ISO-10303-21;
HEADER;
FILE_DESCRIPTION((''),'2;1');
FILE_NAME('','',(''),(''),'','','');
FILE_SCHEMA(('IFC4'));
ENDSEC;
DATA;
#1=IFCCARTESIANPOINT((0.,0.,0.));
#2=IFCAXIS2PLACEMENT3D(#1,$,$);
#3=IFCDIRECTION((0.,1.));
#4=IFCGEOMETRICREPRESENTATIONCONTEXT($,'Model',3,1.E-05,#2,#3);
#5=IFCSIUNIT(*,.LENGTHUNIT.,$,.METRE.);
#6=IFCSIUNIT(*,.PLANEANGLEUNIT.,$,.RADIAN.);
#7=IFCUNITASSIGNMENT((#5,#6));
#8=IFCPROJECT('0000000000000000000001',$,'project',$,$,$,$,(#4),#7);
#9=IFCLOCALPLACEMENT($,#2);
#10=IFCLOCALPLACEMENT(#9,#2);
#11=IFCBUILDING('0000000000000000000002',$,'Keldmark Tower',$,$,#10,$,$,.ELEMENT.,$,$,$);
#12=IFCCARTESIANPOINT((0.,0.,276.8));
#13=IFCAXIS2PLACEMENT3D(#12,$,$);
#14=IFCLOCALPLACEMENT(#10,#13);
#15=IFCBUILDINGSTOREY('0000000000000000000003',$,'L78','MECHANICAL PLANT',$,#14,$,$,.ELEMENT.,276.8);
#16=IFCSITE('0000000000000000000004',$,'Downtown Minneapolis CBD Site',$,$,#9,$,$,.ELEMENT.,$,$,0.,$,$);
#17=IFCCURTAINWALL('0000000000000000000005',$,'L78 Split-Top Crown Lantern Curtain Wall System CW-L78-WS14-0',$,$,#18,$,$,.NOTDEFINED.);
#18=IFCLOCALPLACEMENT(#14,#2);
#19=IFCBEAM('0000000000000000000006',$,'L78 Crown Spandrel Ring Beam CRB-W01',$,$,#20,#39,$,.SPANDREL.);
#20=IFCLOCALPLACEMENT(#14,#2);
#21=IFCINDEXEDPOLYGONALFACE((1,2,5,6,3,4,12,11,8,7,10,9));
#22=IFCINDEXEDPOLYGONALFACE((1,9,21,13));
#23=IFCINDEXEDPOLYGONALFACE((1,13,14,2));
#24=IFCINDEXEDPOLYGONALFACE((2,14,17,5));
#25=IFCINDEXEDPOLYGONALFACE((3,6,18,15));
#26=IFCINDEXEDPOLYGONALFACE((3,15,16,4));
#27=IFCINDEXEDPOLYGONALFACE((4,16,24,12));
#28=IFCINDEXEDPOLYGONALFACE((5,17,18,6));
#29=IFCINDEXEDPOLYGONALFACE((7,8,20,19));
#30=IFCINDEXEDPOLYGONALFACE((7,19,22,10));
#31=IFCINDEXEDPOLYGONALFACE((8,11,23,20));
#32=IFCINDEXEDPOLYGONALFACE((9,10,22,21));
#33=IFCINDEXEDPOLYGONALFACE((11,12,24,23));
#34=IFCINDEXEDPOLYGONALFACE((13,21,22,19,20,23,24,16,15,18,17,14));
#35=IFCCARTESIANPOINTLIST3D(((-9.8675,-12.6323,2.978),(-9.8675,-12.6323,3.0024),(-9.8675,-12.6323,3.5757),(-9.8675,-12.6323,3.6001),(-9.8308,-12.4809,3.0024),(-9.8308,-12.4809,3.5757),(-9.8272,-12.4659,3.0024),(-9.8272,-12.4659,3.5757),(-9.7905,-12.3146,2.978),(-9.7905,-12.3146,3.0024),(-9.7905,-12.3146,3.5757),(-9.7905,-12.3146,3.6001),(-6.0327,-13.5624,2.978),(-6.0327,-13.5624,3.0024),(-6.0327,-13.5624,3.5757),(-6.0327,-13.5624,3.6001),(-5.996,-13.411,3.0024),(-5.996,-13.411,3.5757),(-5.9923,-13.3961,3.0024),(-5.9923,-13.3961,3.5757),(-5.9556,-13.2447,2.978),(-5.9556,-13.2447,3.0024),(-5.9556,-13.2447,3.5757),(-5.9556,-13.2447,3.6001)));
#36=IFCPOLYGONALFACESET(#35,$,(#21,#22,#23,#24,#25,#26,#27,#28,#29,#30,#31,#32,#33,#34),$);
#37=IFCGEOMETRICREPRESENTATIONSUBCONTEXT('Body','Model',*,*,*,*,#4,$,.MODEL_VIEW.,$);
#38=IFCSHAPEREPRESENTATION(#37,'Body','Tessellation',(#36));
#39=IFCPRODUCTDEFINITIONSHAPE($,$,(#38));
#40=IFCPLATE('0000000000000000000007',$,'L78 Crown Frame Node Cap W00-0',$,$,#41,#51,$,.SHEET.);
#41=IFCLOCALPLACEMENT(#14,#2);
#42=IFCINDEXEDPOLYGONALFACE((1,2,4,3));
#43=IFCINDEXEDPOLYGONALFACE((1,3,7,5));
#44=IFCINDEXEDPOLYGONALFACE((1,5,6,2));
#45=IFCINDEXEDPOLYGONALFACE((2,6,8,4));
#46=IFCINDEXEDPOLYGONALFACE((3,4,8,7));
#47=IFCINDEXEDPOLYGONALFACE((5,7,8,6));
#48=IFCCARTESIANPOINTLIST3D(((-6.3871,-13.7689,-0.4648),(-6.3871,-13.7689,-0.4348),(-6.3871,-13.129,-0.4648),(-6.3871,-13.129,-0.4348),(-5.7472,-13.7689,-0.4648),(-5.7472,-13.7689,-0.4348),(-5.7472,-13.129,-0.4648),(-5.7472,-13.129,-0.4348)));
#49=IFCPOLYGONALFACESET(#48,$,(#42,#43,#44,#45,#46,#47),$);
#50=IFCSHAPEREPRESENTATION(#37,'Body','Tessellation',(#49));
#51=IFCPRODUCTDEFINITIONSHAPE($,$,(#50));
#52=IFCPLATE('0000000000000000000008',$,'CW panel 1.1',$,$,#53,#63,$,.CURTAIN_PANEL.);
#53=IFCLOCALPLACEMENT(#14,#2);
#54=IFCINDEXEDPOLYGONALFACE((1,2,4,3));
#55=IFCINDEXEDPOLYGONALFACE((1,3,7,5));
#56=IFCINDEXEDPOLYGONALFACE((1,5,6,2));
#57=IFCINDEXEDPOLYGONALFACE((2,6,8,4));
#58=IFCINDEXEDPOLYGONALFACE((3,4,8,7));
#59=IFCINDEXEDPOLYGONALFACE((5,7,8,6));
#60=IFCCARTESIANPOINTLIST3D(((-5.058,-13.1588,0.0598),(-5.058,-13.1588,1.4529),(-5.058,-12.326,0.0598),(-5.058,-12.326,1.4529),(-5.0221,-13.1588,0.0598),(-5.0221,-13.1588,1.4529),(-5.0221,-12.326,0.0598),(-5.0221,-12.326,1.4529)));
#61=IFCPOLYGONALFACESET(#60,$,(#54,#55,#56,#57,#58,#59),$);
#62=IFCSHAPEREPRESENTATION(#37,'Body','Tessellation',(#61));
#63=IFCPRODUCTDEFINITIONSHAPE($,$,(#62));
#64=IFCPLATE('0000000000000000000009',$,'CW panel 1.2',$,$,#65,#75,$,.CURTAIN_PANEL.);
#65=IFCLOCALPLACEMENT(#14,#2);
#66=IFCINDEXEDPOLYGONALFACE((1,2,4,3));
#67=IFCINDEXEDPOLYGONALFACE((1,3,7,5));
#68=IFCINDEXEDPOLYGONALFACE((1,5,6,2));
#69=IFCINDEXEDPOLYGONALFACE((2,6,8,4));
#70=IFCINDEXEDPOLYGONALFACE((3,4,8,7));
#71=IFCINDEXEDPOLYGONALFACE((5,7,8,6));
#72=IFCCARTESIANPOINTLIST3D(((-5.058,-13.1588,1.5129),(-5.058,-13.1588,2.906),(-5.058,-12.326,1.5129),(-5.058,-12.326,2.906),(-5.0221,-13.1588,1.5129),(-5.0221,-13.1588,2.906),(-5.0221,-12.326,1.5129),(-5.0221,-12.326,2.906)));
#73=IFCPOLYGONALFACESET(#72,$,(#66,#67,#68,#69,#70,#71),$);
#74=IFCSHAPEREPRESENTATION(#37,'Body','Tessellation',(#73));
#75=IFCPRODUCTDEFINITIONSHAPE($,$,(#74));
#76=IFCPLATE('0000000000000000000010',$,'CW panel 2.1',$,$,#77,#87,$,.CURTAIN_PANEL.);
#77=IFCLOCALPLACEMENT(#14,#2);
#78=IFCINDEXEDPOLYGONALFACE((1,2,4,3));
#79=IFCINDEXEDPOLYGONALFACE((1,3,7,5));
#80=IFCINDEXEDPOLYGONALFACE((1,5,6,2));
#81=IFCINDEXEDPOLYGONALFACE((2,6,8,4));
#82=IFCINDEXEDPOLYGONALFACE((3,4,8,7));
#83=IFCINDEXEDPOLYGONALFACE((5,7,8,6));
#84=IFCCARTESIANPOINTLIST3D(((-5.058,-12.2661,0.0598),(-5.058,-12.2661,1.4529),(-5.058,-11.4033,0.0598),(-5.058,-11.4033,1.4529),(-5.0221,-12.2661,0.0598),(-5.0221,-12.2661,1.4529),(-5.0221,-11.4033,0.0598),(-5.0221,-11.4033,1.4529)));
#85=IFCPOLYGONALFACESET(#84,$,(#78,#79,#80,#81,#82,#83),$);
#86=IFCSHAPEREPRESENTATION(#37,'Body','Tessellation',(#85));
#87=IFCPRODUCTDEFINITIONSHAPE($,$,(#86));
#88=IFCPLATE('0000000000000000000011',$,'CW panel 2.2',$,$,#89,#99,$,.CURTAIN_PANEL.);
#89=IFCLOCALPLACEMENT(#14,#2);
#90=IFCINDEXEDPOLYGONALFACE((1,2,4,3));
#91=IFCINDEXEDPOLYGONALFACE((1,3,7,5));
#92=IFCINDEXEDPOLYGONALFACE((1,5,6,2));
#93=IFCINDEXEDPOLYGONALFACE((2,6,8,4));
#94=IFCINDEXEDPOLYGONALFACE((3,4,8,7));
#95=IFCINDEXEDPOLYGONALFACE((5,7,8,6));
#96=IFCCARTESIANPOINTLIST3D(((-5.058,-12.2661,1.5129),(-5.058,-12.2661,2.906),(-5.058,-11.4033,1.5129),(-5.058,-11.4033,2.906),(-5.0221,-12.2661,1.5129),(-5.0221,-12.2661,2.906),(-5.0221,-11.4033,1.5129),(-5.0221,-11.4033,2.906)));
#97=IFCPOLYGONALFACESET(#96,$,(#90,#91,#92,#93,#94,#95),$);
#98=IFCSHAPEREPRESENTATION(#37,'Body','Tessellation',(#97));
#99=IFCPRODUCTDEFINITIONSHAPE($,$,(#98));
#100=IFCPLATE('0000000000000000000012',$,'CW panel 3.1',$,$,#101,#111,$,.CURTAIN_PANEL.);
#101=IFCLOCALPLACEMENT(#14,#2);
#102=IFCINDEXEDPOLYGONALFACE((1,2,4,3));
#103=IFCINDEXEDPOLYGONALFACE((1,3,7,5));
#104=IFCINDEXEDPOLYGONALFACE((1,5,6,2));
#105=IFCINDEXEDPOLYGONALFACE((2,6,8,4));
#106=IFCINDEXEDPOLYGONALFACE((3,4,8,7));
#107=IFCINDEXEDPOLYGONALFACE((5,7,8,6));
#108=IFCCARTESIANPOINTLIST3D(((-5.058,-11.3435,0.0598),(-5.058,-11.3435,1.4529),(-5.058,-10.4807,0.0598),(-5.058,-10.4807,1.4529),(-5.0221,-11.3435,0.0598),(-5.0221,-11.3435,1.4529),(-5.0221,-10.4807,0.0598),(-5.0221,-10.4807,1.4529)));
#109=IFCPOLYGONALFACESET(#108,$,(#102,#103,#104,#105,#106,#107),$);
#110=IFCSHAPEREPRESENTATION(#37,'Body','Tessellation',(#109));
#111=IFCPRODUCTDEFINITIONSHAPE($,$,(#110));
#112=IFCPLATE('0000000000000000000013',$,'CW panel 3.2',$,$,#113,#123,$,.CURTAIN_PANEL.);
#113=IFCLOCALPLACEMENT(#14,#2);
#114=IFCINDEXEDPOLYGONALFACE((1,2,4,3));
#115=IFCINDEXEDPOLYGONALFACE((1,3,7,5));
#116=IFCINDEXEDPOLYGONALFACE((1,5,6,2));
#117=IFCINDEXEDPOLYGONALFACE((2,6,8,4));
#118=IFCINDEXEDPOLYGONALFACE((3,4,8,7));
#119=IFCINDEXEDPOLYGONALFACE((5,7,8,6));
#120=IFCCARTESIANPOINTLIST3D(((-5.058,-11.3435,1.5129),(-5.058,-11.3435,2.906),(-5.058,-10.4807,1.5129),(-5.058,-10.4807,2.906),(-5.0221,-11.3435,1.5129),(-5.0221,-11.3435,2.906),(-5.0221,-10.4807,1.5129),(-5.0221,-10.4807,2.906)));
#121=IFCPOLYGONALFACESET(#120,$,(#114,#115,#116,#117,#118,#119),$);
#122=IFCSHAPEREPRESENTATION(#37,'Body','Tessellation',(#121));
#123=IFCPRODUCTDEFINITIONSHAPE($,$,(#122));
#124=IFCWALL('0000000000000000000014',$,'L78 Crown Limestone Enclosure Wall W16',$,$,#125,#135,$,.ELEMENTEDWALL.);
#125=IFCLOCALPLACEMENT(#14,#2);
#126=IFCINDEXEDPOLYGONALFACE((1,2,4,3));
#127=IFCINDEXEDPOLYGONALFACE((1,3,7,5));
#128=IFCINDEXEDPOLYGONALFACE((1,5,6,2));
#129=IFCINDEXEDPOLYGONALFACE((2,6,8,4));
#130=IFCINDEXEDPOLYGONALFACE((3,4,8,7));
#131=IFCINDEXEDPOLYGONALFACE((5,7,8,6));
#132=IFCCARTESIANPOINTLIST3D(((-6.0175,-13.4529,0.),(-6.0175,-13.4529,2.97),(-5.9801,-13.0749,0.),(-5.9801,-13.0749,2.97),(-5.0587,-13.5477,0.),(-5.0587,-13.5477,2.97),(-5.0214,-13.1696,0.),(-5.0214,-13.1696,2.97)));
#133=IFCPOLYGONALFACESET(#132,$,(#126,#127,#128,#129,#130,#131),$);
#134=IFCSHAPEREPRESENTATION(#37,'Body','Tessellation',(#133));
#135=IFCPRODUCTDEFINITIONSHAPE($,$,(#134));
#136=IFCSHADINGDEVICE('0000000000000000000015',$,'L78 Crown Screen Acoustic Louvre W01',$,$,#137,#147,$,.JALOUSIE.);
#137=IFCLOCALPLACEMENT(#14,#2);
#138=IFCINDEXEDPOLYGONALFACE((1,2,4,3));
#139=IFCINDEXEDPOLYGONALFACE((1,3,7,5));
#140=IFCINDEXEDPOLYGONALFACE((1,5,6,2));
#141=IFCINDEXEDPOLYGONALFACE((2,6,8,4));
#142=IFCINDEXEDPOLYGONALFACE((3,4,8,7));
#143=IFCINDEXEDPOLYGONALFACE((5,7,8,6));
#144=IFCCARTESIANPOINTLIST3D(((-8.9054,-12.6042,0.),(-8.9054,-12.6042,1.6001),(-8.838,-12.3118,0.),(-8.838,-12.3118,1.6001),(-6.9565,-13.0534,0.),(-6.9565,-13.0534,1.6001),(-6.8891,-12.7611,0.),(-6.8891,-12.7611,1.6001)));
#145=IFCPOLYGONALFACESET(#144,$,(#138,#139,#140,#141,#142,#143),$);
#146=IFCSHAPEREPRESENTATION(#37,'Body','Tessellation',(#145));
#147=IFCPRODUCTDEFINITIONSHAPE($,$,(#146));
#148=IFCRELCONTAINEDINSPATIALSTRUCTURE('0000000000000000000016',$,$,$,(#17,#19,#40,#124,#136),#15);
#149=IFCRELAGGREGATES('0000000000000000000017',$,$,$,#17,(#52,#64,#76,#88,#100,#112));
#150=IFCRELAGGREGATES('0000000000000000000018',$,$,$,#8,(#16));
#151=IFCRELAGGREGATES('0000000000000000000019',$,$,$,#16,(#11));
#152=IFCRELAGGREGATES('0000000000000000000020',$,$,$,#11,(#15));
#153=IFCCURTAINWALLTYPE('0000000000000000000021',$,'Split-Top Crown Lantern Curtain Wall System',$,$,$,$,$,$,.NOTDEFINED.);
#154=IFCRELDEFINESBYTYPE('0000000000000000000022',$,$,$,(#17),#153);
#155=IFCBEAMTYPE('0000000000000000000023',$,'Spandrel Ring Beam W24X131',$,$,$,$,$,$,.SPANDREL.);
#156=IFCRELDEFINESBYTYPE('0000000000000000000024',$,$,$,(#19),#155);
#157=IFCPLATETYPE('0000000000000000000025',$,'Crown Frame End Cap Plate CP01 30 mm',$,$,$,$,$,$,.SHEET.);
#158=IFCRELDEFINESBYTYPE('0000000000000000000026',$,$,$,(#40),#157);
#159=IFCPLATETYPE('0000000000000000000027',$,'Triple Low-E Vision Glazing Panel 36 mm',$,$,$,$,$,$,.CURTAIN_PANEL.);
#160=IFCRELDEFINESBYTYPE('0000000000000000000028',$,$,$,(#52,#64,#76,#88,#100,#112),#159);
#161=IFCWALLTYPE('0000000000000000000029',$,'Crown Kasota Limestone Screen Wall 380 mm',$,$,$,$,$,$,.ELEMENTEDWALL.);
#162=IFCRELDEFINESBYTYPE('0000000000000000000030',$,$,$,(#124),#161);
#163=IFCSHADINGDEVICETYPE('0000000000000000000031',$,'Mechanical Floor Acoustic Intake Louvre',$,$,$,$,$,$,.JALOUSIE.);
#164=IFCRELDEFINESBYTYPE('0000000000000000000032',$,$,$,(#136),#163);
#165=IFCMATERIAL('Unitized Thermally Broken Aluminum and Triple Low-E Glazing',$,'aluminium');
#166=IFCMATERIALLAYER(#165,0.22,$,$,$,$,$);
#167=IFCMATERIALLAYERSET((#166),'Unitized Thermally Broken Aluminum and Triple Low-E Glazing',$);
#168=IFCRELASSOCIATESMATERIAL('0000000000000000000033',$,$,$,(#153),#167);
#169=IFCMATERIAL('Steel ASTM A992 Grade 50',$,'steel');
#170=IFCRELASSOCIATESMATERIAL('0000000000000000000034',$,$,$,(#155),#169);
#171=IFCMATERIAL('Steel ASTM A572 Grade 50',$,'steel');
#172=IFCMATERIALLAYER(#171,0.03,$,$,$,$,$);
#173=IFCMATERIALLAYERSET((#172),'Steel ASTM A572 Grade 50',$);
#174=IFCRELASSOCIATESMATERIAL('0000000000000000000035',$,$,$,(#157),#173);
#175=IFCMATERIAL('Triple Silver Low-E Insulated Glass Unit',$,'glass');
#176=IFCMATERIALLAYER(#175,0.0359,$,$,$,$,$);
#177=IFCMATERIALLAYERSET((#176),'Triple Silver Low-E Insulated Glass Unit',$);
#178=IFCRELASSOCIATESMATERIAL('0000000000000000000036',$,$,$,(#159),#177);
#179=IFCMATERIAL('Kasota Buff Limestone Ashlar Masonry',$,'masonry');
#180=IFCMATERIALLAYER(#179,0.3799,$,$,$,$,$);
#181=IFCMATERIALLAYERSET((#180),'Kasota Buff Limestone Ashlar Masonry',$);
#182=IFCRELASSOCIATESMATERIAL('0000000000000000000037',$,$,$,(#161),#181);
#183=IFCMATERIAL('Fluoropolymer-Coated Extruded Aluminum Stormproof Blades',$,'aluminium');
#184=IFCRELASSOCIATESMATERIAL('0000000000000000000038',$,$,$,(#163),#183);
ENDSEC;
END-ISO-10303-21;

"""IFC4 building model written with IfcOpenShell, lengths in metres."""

from ifc_helpers import new_model, si_unit, direction, frame, frame_2d, origin, origin_2d, place, context, subcontext, project, spatial, rectangle, i_section, extrude, material, layer, layer_set, material_profile, profile_set, type_object, element, aggregate, save


model = new_model("IFC4")

# Units and contexts
model_context = context("Model", 3, precision=1e-05, world=origin(), true_north=direction((0.0, 1.0)))
body_context = subcontext(model_context, "Body", "Model", "MODEL_VIEW")
ifc_project = project(units=[si_unit("LENGTHUNIT", "METRE"), si_unit("PLANEANGLEUNIT", "RADIAN")], contexts=[model_context])

# Site, building, storey
site_placement = place(None, origin())
site = spatial("IfcSite", under=ifc_project, at=site_placement, Name="Downtown Minneapolis CBD Site", CompositionType="ELEMENT", RefElevation=0.0)
building_placement = place(site_placement, origin())
building = spatial("IfcBuilding", under=site, at=building_placement, Name="Keldmark Tower", CompositionType="ELEMENT")
storey_placement = place(building_placement, frame((0.0, 0.0, 276.8)))
storey = spatial("IfcBuildingStorey", under=building, at=storey_placement, Name="L78", Description="MECHANICAL PLANT", CompositionType="ELEMENT", Elevation=276.8)

# Curtain wall
ifc_material_1 = material(Name="Unitized Thermally Broken Aluminum and Triple Low-E Glazing", Category="aluminium")
ifc_layer_1 = layer(ifc_material_1, 0.22)
ifc_layer_set_1 = layer_set([ifc_layer_1], Name="Unitized Thermally Broken Aluminum and Triple Low-E Glazing")
curtain_wall_type = type_object("IfcCurtainWallType", Name="Split-Top Crown Lantern Curtain Wall System", PredefinedType="NOTDEFINED", material=ifc_layer_set_1)
curtain_wall_placement = place(storey_placement, origin())
curtain_wall = element("IfcCurtainWall", 1, at=curtain_wall_placement, inside=storey, type_object=curtain_wall_type, Name="L78 Split-Top Crown Lantern Curtain Wall System CW-L78-WS14-0", PredefinedType="NOTDEFINED")

# Beam
ifc_material_2 = material(Name="Steel ASTM A992 Grade 50", Category="steel")
ifc_material_profile_1 = material_profile(ifc_material_2, i_section(OverallWidth=0.3269, OverallDepth=0.6221, WebThickness=0.0154, FlangeThickness=0.0244, at=origin_2d()), Name="W24X131")
ifc_profile_set_1 = profile_set([ifc_material_profile_1], Name="Steel ASTM A992 Grade 50")
beam_type_1 = type_object("IfcBeamType", Name="Spandrel Ring Beam W24X131", PredefinedType="SPANDREL", material=ifc_profile_set_1)
beam_1_placement = place(storey_placement, frame((-5.9941, -13.4036, 3.2891), z_axis=(-0.971822, 0.235717, 0.0), x_axis=(-0.235717, -0.971822, 0.0)))
element("IfcBeam", 2, at=beam_1_placement, inside=storey, type_object=beam_type_1, Name="L78 Crown Spandrel Ring Beam CRB-W01", PredefinedType="SPANDREL", context=body_context, shape_type="SweptSolid", body=[
    extrude(i_section(OverallWidth=0.3269, OverallDepth=0.6221, WebThickness=0.0154, FlangeThickness=0.0244, at=origin_2d()), origin(), (0.0, 0.0, 1.0), 3.946),
])

# Plates
ifc_material_3 = material(Name="Steel ASTM A572 Grade 50", Category="steel")
ifc_layer_2 = layer(ifc_material_3, 0.03)
ifc_layer_set_2 = layer_set([ifc_layer_2], Name="Steel ASTM A572 Grade 50")
plate_type_1 = type_object("IfcPlateType", Name="Crown Frame End Cap Plate CP01 30 mm", PredefinedType="SHEET", material=ifc_layer_set_2)
plate_1_placement = place(storey_placement, frame((-6.0671, -13.449, -0.4648), z_axis=(0.0, 0.0, 1.0), x_axis=(1.0, 0.0, 0.0)))
element("IfcPlate", 3, at=plate_1_placement, inside=storey, type_object=plate_type_1, Name="L78 Crown Frame Node Cap W00-0", PredefinedType="SHEET", context=body_context, shape_type="SweptSolid", body=[
    extrude(rectangle(XDim=0.6399, YDim=0.6399, at=origin_2d()), origin(), (0.0, 0.0, 1.0), 0.03),
])
ifc_material_4 = material(Name="Triple Silver Low-E Insulated Glass Unit", Category="glass")
ifc_layer_3 = layer(ifc_material_4, 0.0359)
ifc_layer_set_3 = layer_set([ifc_layer_3], Name="Triple Silver Low-E Insulated Glass Unit")
plate_type_2 = type_object("IfcPlateType", Name="Triple Low-E Vision Glazing Panel 36 mm", PredefinedType="CURTAIN_PANEL", material=ifc_layer_set_3)
plate_2_placement = place(storey_placement, frame((-5.04, -12.7424, 0.0598), z_axis=(0.0, 0.0, 1.0), x_axis=(0.0, 1.0, 0.0)))
plate_2 = element("IfcPlate", 4, at=plate_2_placement, type_object=plate_type_2, Name="CW panel 1.1", PredefinedType="CURTAIN_PANEL", context=body_context, shape_type="SweptSolid", body=[
    extrude(rectangle(XDim=0.8328, YDim=0.0359, at=origin_2d()), origin(), (0.0, 0.0, 1.0), 1.3931),
])
plate_3_placement = place(storey_placement, frame((-5.04, -12.7424, 1.5129), z_axis=(0.0, 0.0, 1.0), x_axis=(0.0, 1.0, 0.0)))
plate_3 = element("IfcPlate", 5, at=plate_3_placement, type_object=plate_type_2, Name="CW panel 1.2", PredefinedType="CURTAIN_PANEL", context=body_context, shape_type="SweptSolid", body=[
    extrude(rectangle(XDim=0.8328, YDim=0.0359, at=origin_2d()), origin(), (0.0, 0.0, 1.0), 1.3931),
])
plate_4_placement = place(storey_placement, frame((-5.04, -11.8347, 0.0598), z_axis=(0.0, 0.0, 1.0), x_axis=(0.0, 1.0, 0.0)))
plate_4 = element("IfcPlate", 6, at=plate_4_placement, type_object=plate_type_2, Name="CW panel 2.1", PredefinedType="CURTAIN_PANEL", context=body_context, shape_type="SweptSolid", body=[
    extrude(rectangle(XDim=0.8628, YDim=0.0359, at=origin_2d()), origin(), (0.0, 0.0, 1.0), 1.3931),
])
plate_5_placement = place(storey_placement, frame((-5.04, -11.8347, 1.5129), z_axis=(0.0, 0.0, 1.0), x_axis=(0.0, 1.0, 0.0)))
plate_5 = element("IfcPlate", 7, at=plate_5_placement, type_object=plate_type_2, Name="CW panel 2.2", PredefinedType="CURTAIN_PANEL", context=body_context, shape_type="SweptSolid", body=[
    extrude(rectangle(XDim=0.8628, YDim=0.0359, at=origin_2d()), origin(), (0.0, 0.0, 1.0), 1.3931),
])
plate_6_placement = place(storey_placement, frame((-5.04, -10.9121, 0.0598), z_axis=(0.0, 0.0, 1.0), x_axis=(0.0, 1.0, 0.0)))
plate_6 = element("IfcPlate", 8, at=plate_6_placement, type_object=plate_type_2, Name="CW panel 3.1", PredefinedType="CURTAIN_PANEL", context=body_context, shape_type="SweptSolid", body=[
    extrude(rectangle(XDim=0.8628, YDim=0.0359, at=origin_2d()), origin(), (0.0, 0.0, 1.0), 1.3931),
])
plate_7_placement = place(storey_placement, frame((-5.04, -10.9121, 1.5129), z_axis=(0.0, 0.0, 1.0), x_axis=(0.0, 1.0, 0.0)))
plate_7 = element("IfcPlate", 9, at=plate_7_placement, type_object=plate_type_2, Name="CW panel 3.2", PredefinedType="CURTAIN_PANEL", context=body_context, shape_type="SweptSolid", body=[
    extrude(rectangle(XDim=0.8628, YDim=0.0359, at=origin_2d()), origin(), (0.0, 0.0, 1.0), 1.3931),
])
aggregate(curtain_wall, [plate_2, plate_3, plate_4, plate_5, plate_6, plate_7])

# Wall
ifc_material_5 = material(Name="Kasota Buff Limestone Ashlar Masonry", Category="masonry")
ifc_layer_4 = layer(ifc_material_5, 0.3799)
ifc_layer_set_4 = layer_set([ifc_layer_4], Name="Kasota Buff Limestone Ashlar Masonry")
wall_type = type_object("IfcWallType", Name="Crown Kasota Limestone Screen Wall 380 mm", PredefinedType="ELEMENTEDWALL", material=ifc_layer_set_4)
wall_placement = place(storey_placement, frame((-5.9988, -13.2639, 0.0), z_axis=(0.0, 0.0, 1.0), x_axis=(0.995154, -0.098324, 0.0)))
element("IfcWall", 10, at=wall_placement, inside=storey, type_object=wall_type, Name="L78 Crown Limestone Enclosure Wall W16", PredefinedType="ELEMENTEDWALL", context=body_context, shape_type="SweptSolid", body=[
    extrude(rectangle(XDim=0.9634, YDim=0.3799, at=frame_2d((0.4817, 0.0))), origin(), (0.0, 0.0, 1.0), 2.97),
])

# Shading device
ifc_material_6 = material(Name="Fluoropolymer-Coated Extruded Aluminum Stormproof Blades", Category="aluminium")
shading_device_type = type_object("IfcShadingDeviceType", Name="Mechanical Floor Acoustic Intake Louvre", PredefinedType="JALOUSIE", material=ifc_material_6)
shading_device_placement = place(storey_placement, frame((-7.8972, -12.6826, 0.0), z_axis=(0.0, 0.0, 1.0), x_axis=(0.974445, -0.224628, 0.0)))
element("IfcShadingDevice", 11, at=shading_device_placement, inside=storey, type_object=shading_device_type, Name="L78 Crown Screen Acoustic Louvre W01", PredefinedType="JALOUSIE", context=body_context, shape_type="SweptSolid", body=[
    extrude(rectangle(XDim=2.0, YDim=0.3, at=origin_2d()), origin(), (0.0, 0.0, 1.0), 1.6001),
])

save(model, "model.ifc")
